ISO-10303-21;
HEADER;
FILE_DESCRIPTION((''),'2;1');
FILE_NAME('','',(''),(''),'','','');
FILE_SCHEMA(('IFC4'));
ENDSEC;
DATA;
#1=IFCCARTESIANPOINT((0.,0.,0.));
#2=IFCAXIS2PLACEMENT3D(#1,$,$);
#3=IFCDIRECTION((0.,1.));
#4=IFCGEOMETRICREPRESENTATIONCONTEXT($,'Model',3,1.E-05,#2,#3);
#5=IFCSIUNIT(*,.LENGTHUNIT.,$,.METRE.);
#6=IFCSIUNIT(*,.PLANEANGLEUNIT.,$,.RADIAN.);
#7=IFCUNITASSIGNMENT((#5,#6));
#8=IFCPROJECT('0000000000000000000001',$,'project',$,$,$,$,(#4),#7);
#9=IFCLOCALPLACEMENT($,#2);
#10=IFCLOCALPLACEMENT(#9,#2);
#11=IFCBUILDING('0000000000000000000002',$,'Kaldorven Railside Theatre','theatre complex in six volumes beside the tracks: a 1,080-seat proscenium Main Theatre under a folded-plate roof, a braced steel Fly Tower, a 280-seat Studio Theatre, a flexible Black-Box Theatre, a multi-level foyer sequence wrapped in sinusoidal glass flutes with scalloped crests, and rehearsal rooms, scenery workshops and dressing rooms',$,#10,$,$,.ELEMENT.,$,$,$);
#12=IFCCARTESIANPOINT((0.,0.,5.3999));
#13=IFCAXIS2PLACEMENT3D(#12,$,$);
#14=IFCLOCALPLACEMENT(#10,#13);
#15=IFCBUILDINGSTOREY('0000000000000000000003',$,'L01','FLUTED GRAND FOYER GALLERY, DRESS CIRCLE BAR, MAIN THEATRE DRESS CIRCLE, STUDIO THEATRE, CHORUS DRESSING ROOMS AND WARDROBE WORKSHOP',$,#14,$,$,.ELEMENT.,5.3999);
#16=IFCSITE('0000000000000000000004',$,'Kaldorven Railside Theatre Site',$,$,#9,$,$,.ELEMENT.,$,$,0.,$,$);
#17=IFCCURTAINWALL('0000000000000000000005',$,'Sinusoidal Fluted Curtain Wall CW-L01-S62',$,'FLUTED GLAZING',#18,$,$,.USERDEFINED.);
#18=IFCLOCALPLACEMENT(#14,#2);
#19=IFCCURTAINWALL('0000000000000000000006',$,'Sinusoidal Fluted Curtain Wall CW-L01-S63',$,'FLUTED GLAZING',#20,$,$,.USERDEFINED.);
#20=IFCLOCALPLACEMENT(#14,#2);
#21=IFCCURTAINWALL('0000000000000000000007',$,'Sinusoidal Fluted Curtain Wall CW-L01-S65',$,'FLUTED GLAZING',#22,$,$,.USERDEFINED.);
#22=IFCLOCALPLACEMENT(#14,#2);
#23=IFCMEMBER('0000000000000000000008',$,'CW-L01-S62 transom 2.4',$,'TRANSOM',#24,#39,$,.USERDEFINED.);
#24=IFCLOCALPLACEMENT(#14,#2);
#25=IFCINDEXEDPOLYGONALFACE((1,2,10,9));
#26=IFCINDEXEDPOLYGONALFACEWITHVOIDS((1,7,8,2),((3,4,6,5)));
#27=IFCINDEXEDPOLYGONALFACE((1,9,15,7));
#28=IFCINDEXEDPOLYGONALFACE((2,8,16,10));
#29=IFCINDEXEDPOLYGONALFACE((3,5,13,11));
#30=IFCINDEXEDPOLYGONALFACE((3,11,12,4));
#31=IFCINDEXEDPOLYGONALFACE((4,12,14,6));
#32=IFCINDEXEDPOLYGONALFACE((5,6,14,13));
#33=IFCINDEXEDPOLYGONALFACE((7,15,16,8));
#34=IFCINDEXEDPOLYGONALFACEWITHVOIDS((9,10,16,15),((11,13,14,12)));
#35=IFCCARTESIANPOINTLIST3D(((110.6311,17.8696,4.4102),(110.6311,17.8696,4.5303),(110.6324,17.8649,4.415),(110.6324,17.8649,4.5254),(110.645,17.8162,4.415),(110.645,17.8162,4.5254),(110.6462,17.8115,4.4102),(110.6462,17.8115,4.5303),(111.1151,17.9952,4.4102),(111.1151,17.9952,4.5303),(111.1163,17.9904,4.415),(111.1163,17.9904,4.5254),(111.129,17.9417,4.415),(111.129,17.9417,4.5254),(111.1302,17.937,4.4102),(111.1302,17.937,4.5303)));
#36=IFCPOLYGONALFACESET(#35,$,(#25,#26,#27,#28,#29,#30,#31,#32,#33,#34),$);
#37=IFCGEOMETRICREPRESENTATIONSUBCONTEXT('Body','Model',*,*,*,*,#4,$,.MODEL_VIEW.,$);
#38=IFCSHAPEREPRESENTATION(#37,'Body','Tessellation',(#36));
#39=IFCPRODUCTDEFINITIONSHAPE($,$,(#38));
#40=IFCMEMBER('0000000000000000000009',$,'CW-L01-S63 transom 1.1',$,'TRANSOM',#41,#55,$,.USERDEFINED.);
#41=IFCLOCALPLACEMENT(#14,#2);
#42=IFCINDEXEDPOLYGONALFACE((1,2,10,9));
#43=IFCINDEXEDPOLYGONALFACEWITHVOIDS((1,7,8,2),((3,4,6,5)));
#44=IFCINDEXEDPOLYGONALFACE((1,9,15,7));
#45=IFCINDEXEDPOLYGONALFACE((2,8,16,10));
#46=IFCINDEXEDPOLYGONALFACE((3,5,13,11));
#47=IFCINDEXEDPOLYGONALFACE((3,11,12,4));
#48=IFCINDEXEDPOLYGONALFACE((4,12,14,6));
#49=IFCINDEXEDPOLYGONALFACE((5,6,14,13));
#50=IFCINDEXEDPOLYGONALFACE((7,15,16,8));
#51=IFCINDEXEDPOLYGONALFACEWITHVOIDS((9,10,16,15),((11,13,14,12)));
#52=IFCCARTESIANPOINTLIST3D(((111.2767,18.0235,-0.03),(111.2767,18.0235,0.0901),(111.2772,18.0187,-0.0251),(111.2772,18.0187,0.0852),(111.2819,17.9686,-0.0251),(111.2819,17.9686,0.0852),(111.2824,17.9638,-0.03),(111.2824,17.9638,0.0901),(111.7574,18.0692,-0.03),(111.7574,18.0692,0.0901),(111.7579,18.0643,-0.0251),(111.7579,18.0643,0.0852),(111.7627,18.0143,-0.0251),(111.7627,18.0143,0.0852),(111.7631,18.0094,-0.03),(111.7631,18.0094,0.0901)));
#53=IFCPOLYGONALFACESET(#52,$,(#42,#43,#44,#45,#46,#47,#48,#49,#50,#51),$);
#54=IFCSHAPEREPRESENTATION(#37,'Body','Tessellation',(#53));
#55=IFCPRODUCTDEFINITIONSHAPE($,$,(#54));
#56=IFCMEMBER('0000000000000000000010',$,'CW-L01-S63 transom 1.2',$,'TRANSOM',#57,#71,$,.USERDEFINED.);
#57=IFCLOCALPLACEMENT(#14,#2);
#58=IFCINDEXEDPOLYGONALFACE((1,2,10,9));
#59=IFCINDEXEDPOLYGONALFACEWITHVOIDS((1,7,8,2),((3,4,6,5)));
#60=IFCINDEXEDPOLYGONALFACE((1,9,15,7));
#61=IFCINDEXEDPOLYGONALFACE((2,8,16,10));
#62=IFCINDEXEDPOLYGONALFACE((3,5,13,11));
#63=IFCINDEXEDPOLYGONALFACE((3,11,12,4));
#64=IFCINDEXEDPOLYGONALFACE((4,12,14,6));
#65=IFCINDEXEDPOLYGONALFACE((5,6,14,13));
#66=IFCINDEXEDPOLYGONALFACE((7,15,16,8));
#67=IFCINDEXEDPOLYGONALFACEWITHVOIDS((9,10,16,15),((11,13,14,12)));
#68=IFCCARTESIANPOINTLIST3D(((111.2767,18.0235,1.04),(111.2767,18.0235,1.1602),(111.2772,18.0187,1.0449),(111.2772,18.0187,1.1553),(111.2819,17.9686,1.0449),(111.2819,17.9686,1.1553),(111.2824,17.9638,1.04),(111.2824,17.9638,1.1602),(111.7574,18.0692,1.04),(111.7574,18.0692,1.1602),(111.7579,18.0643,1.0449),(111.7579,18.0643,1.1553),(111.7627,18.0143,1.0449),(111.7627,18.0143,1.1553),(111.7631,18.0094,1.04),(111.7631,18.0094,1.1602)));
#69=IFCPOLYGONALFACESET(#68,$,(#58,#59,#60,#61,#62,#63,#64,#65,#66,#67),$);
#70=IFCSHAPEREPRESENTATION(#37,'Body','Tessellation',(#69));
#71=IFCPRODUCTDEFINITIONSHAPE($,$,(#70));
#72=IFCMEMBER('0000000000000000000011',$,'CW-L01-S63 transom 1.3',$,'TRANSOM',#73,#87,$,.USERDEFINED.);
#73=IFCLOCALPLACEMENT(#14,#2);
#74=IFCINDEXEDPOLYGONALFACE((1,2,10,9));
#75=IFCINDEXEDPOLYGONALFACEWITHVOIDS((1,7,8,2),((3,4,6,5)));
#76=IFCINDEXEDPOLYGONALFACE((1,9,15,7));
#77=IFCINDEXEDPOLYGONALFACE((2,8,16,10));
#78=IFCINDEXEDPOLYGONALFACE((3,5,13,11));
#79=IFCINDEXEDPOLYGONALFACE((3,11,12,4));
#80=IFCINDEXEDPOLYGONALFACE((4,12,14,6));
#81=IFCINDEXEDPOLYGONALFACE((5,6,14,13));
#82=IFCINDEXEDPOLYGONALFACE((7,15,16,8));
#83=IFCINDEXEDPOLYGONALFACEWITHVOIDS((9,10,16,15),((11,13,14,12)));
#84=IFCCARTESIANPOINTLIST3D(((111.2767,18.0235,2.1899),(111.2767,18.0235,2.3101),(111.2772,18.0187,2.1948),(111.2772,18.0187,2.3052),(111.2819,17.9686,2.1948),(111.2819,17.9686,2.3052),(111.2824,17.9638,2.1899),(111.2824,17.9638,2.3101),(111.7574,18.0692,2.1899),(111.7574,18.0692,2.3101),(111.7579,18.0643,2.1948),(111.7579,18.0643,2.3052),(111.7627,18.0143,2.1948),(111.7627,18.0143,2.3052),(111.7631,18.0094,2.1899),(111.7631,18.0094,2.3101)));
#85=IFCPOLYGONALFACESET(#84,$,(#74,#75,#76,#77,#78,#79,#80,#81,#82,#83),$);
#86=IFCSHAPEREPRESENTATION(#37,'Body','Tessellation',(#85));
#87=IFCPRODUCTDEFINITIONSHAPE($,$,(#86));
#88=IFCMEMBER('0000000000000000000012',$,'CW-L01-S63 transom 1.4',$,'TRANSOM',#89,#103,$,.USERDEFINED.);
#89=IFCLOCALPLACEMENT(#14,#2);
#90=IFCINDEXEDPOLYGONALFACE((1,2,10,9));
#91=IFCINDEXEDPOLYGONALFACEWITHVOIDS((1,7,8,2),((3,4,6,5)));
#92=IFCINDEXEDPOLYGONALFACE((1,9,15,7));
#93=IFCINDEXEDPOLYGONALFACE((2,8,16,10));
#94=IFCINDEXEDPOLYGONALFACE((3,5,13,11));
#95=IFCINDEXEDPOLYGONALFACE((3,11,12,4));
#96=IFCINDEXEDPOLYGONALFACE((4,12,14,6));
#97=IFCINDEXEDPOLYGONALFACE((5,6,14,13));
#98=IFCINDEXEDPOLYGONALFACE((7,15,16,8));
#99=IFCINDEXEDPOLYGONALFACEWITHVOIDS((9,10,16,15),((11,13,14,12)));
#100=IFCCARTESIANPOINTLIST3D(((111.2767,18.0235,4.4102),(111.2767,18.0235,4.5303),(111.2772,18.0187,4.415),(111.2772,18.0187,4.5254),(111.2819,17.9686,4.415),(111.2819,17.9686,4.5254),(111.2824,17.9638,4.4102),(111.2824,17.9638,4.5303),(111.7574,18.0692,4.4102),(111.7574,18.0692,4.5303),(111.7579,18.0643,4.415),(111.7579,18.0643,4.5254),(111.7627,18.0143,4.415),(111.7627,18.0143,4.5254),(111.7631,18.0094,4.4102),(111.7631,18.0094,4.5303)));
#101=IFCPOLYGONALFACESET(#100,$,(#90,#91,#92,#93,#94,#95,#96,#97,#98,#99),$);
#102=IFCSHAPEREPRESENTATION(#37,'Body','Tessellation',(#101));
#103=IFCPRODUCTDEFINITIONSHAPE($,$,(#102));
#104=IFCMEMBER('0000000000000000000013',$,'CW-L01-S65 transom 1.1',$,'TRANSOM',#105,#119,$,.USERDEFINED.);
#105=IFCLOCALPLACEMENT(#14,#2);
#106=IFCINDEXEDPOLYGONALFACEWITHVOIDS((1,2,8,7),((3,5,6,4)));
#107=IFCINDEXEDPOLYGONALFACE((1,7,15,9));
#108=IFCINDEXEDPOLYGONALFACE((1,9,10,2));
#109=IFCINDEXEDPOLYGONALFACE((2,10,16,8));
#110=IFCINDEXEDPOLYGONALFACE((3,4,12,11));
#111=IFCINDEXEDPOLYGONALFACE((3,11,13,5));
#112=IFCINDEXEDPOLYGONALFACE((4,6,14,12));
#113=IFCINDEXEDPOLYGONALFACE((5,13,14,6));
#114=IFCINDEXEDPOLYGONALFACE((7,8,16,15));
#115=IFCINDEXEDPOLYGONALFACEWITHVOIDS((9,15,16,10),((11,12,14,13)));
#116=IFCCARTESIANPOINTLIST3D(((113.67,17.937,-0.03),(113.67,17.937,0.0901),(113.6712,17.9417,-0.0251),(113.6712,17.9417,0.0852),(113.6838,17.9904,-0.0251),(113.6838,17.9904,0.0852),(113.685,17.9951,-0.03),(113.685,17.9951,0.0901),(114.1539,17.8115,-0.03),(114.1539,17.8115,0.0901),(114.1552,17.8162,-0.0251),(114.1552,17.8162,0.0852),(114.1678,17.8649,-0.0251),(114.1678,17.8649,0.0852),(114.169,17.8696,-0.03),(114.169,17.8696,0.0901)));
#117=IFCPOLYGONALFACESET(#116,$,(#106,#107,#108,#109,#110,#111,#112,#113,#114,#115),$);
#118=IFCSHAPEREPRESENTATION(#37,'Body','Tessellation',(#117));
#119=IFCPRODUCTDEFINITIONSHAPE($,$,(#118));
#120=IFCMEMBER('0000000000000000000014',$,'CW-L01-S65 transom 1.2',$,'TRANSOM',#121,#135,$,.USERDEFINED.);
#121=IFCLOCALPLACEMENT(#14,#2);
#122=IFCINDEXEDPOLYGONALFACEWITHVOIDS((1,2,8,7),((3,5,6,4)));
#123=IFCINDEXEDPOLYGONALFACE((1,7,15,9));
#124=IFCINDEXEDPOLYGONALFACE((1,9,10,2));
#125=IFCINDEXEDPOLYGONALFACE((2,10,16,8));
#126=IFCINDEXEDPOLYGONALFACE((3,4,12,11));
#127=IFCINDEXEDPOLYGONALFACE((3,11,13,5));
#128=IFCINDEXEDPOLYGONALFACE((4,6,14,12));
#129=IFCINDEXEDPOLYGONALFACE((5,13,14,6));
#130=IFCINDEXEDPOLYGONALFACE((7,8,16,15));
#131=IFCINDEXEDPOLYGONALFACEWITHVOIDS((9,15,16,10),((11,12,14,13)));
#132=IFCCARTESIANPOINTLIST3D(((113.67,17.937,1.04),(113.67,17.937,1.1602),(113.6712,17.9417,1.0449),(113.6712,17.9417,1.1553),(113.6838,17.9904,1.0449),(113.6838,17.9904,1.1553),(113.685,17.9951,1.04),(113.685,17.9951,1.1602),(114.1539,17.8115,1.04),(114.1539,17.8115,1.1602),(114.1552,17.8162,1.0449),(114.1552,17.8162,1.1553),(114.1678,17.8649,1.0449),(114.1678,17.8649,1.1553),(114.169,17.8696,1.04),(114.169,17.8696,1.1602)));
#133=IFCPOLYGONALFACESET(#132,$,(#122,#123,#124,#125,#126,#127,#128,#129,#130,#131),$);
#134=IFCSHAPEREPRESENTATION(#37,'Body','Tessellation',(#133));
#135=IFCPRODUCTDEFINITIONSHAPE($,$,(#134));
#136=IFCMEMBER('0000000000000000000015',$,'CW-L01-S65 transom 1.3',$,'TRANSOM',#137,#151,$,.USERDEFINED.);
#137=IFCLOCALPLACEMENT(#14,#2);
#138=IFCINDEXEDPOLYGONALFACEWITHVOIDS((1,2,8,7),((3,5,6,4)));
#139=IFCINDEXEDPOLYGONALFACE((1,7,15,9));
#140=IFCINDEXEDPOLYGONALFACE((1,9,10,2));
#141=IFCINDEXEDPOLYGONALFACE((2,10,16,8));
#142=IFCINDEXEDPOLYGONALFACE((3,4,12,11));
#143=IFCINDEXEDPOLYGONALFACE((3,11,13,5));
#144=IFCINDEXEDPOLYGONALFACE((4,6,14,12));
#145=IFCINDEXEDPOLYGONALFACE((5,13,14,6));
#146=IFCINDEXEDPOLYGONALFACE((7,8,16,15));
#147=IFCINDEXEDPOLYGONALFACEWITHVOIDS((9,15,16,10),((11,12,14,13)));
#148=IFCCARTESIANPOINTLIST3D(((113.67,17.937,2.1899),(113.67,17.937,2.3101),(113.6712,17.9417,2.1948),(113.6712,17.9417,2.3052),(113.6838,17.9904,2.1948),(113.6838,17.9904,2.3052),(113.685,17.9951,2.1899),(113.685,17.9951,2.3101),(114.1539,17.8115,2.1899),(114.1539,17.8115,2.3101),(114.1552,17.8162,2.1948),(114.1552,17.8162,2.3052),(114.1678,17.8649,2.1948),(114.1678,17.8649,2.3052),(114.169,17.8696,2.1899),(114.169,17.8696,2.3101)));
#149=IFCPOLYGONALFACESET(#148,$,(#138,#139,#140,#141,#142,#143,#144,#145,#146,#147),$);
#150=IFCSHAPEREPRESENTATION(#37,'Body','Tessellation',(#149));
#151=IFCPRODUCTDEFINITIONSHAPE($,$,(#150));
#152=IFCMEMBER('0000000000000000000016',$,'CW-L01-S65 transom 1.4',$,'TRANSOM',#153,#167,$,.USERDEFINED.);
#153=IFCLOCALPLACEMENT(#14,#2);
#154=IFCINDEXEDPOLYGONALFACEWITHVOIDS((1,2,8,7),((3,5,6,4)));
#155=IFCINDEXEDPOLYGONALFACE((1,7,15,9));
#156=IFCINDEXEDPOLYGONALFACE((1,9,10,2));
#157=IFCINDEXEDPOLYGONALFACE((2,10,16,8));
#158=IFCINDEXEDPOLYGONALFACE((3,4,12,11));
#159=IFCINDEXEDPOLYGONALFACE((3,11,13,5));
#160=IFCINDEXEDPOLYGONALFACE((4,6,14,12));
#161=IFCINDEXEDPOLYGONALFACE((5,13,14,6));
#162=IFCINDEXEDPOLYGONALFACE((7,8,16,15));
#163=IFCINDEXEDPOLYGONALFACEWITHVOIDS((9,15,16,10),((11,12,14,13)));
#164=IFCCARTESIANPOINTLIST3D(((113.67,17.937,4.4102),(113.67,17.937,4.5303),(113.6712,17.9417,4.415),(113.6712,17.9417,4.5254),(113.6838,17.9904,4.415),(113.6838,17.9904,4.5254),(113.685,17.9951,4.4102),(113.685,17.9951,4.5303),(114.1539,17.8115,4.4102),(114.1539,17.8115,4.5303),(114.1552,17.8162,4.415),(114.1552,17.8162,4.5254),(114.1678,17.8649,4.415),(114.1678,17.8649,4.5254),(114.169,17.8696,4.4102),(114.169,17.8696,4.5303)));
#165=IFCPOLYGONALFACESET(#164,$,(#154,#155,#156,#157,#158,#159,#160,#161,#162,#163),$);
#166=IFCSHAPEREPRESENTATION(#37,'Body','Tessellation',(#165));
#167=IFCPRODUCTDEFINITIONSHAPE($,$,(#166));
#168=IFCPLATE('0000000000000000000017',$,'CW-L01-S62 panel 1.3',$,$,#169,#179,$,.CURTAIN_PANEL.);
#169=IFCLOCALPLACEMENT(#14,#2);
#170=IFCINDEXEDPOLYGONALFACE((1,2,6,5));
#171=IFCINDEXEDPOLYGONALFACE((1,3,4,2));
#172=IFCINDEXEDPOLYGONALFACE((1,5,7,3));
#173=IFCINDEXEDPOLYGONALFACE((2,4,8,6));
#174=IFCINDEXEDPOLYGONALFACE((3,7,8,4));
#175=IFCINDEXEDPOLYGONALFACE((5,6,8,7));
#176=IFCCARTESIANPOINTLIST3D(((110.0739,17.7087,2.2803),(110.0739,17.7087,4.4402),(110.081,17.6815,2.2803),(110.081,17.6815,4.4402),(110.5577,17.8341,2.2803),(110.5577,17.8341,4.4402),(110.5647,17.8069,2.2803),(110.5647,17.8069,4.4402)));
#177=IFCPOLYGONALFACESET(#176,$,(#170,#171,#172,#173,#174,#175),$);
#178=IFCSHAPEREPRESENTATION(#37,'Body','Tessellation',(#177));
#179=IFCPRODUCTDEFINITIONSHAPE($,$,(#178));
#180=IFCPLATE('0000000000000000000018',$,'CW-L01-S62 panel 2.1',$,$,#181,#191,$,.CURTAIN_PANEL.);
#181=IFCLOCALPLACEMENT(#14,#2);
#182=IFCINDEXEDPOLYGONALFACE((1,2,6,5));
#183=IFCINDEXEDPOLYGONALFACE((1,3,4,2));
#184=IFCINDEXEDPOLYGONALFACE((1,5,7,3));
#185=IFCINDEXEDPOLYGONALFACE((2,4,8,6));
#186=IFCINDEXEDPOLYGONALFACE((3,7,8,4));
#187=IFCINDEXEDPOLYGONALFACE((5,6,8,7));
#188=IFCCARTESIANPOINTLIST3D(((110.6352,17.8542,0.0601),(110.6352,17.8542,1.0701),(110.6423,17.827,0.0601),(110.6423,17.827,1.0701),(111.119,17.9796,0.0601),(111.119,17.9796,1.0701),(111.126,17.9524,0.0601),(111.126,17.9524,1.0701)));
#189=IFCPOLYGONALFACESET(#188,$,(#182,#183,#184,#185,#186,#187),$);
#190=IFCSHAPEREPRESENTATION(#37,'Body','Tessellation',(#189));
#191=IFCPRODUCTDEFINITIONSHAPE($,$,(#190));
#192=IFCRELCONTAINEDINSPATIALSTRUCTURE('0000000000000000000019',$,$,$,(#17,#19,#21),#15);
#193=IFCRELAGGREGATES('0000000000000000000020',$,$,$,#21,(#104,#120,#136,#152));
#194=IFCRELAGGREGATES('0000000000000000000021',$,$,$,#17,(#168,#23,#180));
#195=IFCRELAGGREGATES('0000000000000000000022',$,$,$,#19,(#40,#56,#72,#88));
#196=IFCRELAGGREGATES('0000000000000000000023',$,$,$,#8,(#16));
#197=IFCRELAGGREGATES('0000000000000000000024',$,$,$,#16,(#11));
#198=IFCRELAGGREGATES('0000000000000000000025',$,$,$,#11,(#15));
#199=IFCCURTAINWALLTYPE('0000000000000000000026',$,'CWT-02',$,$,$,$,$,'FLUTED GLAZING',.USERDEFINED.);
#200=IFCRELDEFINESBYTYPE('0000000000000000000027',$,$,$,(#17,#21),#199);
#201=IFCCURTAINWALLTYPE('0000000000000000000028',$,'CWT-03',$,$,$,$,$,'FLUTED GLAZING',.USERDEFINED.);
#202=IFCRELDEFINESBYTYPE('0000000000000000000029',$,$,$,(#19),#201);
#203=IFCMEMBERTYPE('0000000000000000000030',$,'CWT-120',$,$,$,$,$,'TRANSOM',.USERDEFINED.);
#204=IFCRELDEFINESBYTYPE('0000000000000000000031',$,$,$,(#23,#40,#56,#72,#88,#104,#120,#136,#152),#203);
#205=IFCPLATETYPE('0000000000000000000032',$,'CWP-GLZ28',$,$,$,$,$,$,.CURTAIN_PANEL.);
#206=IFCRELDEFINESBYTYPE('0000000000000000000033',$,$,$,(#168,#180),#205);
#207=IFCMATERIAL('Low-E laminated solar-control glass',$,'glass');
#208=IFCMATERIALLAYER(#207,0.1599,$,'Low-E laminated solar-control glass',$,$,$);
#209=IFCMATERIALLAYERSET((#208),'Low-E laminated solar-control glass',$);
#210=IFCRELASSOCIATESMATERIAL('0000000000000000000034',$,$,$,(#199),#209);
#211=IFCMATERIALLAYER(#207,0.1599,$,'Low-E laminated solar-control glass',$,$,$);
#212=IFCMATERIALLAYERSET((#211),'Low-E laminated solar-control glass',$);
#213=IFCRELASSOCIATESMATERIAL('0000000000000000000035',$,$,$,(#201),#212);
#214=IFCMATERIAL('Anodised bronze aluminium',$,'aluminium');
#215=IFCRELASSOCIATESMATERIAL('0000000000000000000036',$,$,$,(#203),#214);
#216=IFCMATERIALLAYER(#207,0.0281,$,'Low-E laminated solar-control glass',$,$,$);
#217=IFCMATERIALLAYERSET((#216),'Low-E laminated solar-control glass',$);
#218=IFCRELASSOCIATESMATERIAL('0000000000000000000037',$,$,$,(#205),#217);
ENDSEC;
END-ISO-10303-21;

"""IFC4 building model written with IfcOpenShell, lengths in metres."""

from ifc_helpers import new_model, si_unit, direction, frame, origin, origin_2d, place, context, subcontext, project, spatial, rectangle, hollow_rectangle, extrude, material, layer, layer_set, material_profile, profile_set, type_object, element, aggregate, save


model = new_model("IFC4")

# Units and contexts
model_context = context("Model", 3, precision=1e-05, world=origin(), true_north=direction((0.0, 1.0)))
body_context = subcontext(model_context, "Body", "Model", "MODEL_VIEW")
ifc_project = project(units=[si_unit("LENGTHUNIT", "METRE"), si_unit("PLANEANGLEUNIT", "RADIAN")], contexts=[model_context])

# Site, building, storey
site_placement = place(None, origin())
site = spatial("IfcSite", under=ifc_project, at=site_placement, Name="Kaldorven Railside Theatre Site", CompositionType="ELEMENT", RefElevation=0.0)
building_placement = place(site_placement, origin())
building = spatial("IfcBuilding", under=site, at=building_placement, Name="Kaldorven Railside Theatre", Description="theatre complex in six volumes beside the tracks: a 1,080-seat proscenium Main Theatre under a folded-plate roof, a braced steel Fly Tower, a 280-seat Studio Theatre, a flexible Black-Box Theatre, a multi-level foyer sequence wrapped in sinusoidal glass flutes with scalloped crests, and rehearsal rooms, scenery workshops and dressing rooms", CompositionType="ELEMENT")
storey_placement = place(building_placement, frame((0.0, 0.0, 5.3999)))
storey = spatial("IfcBuildingStorey", under=building, at=storey_placement, Name="L01", Description="FLUTED GRAND FOYER GALLERY, DRESS CIRCLE BAR, MAIN THEATRE DRESS CIRCLE, STUDIO THEATRE, CHORUS DRESSING ROOMS AND WARDROBE WORKSHOP", CompositionType="ELEMENT", Elevation=5.3999)

# Curtain wall
ifc_material_1 = material(Name="Low-E laminated solar-control glass", Category="glass")
ifc_layer_1 = layer(ifc_material_1, 0.1599, Name="Low-E laminated solar-control glass")
ifc_layer_set_1 = layer_set([ifc_layer_1], Name="Low-E laminated solar-control glass")
curtain_wall_type_1 = type_object("IfcCurtainWallType", Name="CWT-02", ElementType="FLUTED GLAZING", PredefinedType="USERDEFINED", material=ifc_layer_set_1)
curtain_wall_1_placement = place(storey_placement, origin())
curtain_wall_1 = element("IfcCurtainWall", 1, at=curtain_wall_1_placement, inside=storey, type_object=curtain_wall_type_1, Name="Sinusoidal Fluted Curtain Wall CW-L01-S62", ObjectType="FLUTED GLAZING", PredefinedType="USERDEFINED")
ifc_material_2 = material(Name="Anodised bronze aluminium", Category="aluminium")

# Curtain walls
ifc_layer_2 = layer(ifc_material_1, 0.1599, Name="Low-E laminated solar-control glass")
ifc_layer_set_2 = layer_set([ifc_layer_2], Name="Low-E laminated solar-control glass")
curtain_wall_type_2 = type_object("IfcCurtainWallType", Name="CWT-03", ElementType="FLUTED GLAZING", PredefinedType="USERDEFINED", material=ifc_layer_set_2)
curtain_wall_2_placement = place(storey_placement, origin())
curtain_wall_2 = element("IfcCurtainWall", 2, at=curtain_wall_2_placement, inside=storey, type_object=curtain_wall_type_2, Name="Sinusoidal Fluted Curtain Wall CW-L01-S63", ObjectType="FLUTED GLAZING", PredefinedType="USERDEFINED")
curtain_wall_3_placement = place(storey_placement, origin())
curtain_wall_3 = element("IfcCurtainWall", 3, at=curtain_wall_3_placement, inside=storey, type_object=curtain_wall_type_1, Name="Sinusoidal Fluted Curtain Wall CW-L01-S65", ObjectType="FLUTED GLAZING", PredefinedType="USERDEFINED")

# Members
ifc_material_profile_1 = material_profile(ifc_material_2, hollow_rectangle(XDim=0.0601, YDim=0.1201, WallThickness=0.0049, at=origin_2d()), Name="RHS 120x60x5")
ifc_profile_set_1 = profile_set([ifc_material_profile_1], Name="Anodised bronze aluminium")
member_type_1 = type_object("IfcMemberType", Name="CWT-120", ElementType="TRANSOM", PredefinedType="USERDEFINED", material=ifc_profile_set_1)
member_1_placement = place(storey_placement, frame((110.6387, 17.8406, 4.4702), z_axis=(0.967979, 0.25103, 0.0), x_axis=(-0.25103, 0.967979, 0.0)))
member_1 = element("IfcMember", 4, at=member_1_placement, type_object=member_type_1, Name="CW-L01-S62 transom 2.4", ObjectType="TRANSOM", PredefinedType="USERDEFINED", context=body_context, shape_type="SweptSolid", body=[
    extrude(hollow_rectangle(XDim=0.0601, YDim=0.1201, WallThickness=0.0049, at=origin_2d()), origin(), (0.0, 0.0, 1.0), 0.5),
])
member_2_placement = place(storey_placement, frame((111.2795, 17.9937, 0.03), z_axis=(0.99552, 0.094547, 0.0), x_axis=(-0.094547, 0.99552, 0.0)))
member_2 = element("IfcMember", 5, at=member_2_placement, type_object=member_type_1, Name="CW-L01-S63 transom 1.1", ObjectType="TRANSOM", PredefinedType="USERDEFINED", context=body_context, shape_type="SweptSolid", body=[
    extrude(hollow_rectangle(XDim=0.0601, YDim=0.1201, WallThickness=0.0049, at=origin_2d()), origin(), (0.0, 0.0, 1.0), 0.4829),
])
member_3_placement = place(storey_placement, frame((111.2795, 17.9937, 1.1001), z_axis=(0.99552, 0.094547, 0.0), x_axis=(-0.094547, 0.99552, 0.0)))
member_3 = element("IfcMember", 6, at=member_3_placement, type_object=member_type_1, Name="CW-L01-S63 transom 1.2", ObjectType="TRANSOM", PredefinedType="USERDEFINED", context=body_context, shape_type="SweptSolid", body=[
    extrude(hollow_rectangle(XDim=0.0601, YDim=0.1201, WallThickness=0.0049, at=origin_2d()), origin(), (0.0, 0.0, 1.0), 0.4829),
])
member_4_placement = place(storey_placement, frame((111.2795, 17.9937, 2.25), z_axis=(0.99552, 0.094547, 0.0), x_axis=(-0.094547, 0.99552, 0.0)))
member_4 = element("IfcMember", 7, at=member_4_placement, type_object=member_type_1, Name="CW-L01-S63 transom 1.3", ObjectType="TRANSOM", PredefinedType="USERDEFINED", context=body_context, shape_type="SweptSolid", body=[
    extrude(hollow_rectangle(XDim=0.0601, YDim=0.1201, WallThickness=0.0049, at=origin_2d()), origin(), (0.0, 0.0, 1.0), 0.4829),
])
member_5_placement = place(storey_placement, frame((111.2795, 17.9937, 4.4702), z_axis=(0.99552, 0.094547, 0.0), x_axis=(-0.094547, 0.99552, 0.0)))
member_5 = element("IfcMember", 8, at=member_5_placement, type_object=member_type_1, Name="CW-L01-S63 transom 1.4", ObjectType="TRANSOM", PredefinedType="USERDEFINED", context=body_context, shape_type="SweptSolid", body=[
    extrude(hollow_rectangle(XDim=0.0601, YDim=0.1201, WallThickness=0.0049, at=origin_2d()), origin(), (0.0, 0.0, 1.0), 0.4829),
])
member_6_placement = place(storey_placement, frame((113.6775, 17.9661, 0.03), z_axis=(0.967979, -0.25103, 0.0), x_axis=(0.25103, 0.967979, 0.0)))
member_6 = element("IfcMember", 9, at=member_6_placement, type_object=member_type_1, Name="CW-L01-S65 transom 1.1", ObjectType="TRANSOM", PredefinedType="USERDEFINED", context=body_context, shape_type="SweptSolid", body=[
    extrude(hollow_rectangle(XDim=0.0601, YDim=0.1201, WallThickness=0.0049, at=origin_2d()), origin(), (0.0, 0.0, 1.0), 0.5),
])
member_7_placement = place(storey_placement, frame((113.6775, 17.9661, 1.1001), z_axis=(0.967979, -0.25103, 0.0), x_axis=(0.25103, 0.967979, 0.0)))
member_7 = element("IfcMember", 10, at=member_7_placement, type_object=member_type_1, Name="CW-L01-S65 transom 1.2", ObjectType="TRANSOM", PredefinedType="USERDEFINED", context=body_context, shape_type="SweptSolid", body=[
    extrude(hollow_rectangle(XDim=0.0601, YDim=0.1201, WallThickness=0.0049, at=origin_2d()), origin(), (0.0, 0.0, 1.0), 0.5),
])
member_8_placement = place(storey_placement, frame((113.6775, 17.9661, 2.25), z_axis=(0.967979, -0.25103, 0.0), x_axis=(0.25103, 0.967979, 0.0)))
member_8 = element("IfcMember", 11, at=member_8_placement, type_object=member_type_1, Name="CW-L01-S65 transom 1.3", ObjectType="TRANSOM", PredefinedType="USERDEFINED", context=body_context, shape_type="SweptSolid", body=[
    extrude(hollow_rectangle(XDim=0.0601, YDim=0.1201, WallThickness=0.0049, at=origin_2d()), origin(), (0.0, 0.0, 1.0), 0.5),
])
member_9_placement = place(storey_placement, frame((113.6775, 17.9661, 4.4702), z_axis=(0.967979, -0.25103, 0.0), x_axis=(0.25103, 0.967979, 0.0)))
member_9 = element("IfcMember", 12, at=member_9_placement, type_object=member_type_1, Name="CW-L01-S65 transom 1.4", ObjectType="TRANSOM", PredefinedType="USERDEFINED", context=body_context, shape_type="SweptSolid", body=[
    extrude(hollow_rectangle(XDim=0.0601, YDim=0.1201, WallThickness=0.0049, at=origin_2d()), origin(), (0.0, 0.0, 1.0), 0.5),
])
aggregate(curtain_wall_3, [member_6, member_7, member_8, member_9])

# Plates
ifc_layer_3 = layer(ifc_material_1, 0.0281, Name="Low-E laminated solar-control glass")
ifc_layer_set_3 = layer_set([ifc_layer_3], Name="Low-E laminated solar-control glass")
plate_type = type_object("IfcPlateType", Name="CWP-GLZ28", PredefinedType="CURTAIN_PANEL", material=ifc_layer_set_3)
plate_1_placement = place(storey_placement, frame((110.3193, 17.7578, 2.2803), z_axis=(0.0, 0.0, 1.0), x_axis=(0.967999, 0.250954, 0.0)))
plate_1 = element("IfcPlate", 13, at=plate_1_placement, type_object=plate_type, Name="CW-L01-S62 panel 1.3", PredefinedType="CURTAIN_PANEL", context=body_context, shape_type="SweptSolid", body=[
    extrude(rectangle(XDim=0.4998, YDim=0.0281, at=origin_2d()), origin(), (0.0, 0.0, 1.0), 2.1599),
])
plate_2_placement = place(storey_placement, frame((110.8806, 17.9033, 0.0601), z_axis=(0.0, 0.0, 1.0), x_axis=(0.967999, 0.250954, 0.0)))
plate_2 = element("IfcPlate", 14, at=plate_2_placement, type_object=plate_type, Name="CW-L01-S62 panel 2.1", PredefinedType="CURTAIN_PANEL", context=body_context, shape_type="SweptSolid", body=[
    extrude(rectangle(XDim=0.4998, YDim=0.0281, at=origin_2d()), origin(), (0.0, 0.0, 1.0), 1.01),
])
aggregate(curtain_wall_1, [plate_1, member_1, plate_2])
aggregate(curtain_wall_2, [member_2, member_3, member_4, member_5])

save(model, "model.ifc")
